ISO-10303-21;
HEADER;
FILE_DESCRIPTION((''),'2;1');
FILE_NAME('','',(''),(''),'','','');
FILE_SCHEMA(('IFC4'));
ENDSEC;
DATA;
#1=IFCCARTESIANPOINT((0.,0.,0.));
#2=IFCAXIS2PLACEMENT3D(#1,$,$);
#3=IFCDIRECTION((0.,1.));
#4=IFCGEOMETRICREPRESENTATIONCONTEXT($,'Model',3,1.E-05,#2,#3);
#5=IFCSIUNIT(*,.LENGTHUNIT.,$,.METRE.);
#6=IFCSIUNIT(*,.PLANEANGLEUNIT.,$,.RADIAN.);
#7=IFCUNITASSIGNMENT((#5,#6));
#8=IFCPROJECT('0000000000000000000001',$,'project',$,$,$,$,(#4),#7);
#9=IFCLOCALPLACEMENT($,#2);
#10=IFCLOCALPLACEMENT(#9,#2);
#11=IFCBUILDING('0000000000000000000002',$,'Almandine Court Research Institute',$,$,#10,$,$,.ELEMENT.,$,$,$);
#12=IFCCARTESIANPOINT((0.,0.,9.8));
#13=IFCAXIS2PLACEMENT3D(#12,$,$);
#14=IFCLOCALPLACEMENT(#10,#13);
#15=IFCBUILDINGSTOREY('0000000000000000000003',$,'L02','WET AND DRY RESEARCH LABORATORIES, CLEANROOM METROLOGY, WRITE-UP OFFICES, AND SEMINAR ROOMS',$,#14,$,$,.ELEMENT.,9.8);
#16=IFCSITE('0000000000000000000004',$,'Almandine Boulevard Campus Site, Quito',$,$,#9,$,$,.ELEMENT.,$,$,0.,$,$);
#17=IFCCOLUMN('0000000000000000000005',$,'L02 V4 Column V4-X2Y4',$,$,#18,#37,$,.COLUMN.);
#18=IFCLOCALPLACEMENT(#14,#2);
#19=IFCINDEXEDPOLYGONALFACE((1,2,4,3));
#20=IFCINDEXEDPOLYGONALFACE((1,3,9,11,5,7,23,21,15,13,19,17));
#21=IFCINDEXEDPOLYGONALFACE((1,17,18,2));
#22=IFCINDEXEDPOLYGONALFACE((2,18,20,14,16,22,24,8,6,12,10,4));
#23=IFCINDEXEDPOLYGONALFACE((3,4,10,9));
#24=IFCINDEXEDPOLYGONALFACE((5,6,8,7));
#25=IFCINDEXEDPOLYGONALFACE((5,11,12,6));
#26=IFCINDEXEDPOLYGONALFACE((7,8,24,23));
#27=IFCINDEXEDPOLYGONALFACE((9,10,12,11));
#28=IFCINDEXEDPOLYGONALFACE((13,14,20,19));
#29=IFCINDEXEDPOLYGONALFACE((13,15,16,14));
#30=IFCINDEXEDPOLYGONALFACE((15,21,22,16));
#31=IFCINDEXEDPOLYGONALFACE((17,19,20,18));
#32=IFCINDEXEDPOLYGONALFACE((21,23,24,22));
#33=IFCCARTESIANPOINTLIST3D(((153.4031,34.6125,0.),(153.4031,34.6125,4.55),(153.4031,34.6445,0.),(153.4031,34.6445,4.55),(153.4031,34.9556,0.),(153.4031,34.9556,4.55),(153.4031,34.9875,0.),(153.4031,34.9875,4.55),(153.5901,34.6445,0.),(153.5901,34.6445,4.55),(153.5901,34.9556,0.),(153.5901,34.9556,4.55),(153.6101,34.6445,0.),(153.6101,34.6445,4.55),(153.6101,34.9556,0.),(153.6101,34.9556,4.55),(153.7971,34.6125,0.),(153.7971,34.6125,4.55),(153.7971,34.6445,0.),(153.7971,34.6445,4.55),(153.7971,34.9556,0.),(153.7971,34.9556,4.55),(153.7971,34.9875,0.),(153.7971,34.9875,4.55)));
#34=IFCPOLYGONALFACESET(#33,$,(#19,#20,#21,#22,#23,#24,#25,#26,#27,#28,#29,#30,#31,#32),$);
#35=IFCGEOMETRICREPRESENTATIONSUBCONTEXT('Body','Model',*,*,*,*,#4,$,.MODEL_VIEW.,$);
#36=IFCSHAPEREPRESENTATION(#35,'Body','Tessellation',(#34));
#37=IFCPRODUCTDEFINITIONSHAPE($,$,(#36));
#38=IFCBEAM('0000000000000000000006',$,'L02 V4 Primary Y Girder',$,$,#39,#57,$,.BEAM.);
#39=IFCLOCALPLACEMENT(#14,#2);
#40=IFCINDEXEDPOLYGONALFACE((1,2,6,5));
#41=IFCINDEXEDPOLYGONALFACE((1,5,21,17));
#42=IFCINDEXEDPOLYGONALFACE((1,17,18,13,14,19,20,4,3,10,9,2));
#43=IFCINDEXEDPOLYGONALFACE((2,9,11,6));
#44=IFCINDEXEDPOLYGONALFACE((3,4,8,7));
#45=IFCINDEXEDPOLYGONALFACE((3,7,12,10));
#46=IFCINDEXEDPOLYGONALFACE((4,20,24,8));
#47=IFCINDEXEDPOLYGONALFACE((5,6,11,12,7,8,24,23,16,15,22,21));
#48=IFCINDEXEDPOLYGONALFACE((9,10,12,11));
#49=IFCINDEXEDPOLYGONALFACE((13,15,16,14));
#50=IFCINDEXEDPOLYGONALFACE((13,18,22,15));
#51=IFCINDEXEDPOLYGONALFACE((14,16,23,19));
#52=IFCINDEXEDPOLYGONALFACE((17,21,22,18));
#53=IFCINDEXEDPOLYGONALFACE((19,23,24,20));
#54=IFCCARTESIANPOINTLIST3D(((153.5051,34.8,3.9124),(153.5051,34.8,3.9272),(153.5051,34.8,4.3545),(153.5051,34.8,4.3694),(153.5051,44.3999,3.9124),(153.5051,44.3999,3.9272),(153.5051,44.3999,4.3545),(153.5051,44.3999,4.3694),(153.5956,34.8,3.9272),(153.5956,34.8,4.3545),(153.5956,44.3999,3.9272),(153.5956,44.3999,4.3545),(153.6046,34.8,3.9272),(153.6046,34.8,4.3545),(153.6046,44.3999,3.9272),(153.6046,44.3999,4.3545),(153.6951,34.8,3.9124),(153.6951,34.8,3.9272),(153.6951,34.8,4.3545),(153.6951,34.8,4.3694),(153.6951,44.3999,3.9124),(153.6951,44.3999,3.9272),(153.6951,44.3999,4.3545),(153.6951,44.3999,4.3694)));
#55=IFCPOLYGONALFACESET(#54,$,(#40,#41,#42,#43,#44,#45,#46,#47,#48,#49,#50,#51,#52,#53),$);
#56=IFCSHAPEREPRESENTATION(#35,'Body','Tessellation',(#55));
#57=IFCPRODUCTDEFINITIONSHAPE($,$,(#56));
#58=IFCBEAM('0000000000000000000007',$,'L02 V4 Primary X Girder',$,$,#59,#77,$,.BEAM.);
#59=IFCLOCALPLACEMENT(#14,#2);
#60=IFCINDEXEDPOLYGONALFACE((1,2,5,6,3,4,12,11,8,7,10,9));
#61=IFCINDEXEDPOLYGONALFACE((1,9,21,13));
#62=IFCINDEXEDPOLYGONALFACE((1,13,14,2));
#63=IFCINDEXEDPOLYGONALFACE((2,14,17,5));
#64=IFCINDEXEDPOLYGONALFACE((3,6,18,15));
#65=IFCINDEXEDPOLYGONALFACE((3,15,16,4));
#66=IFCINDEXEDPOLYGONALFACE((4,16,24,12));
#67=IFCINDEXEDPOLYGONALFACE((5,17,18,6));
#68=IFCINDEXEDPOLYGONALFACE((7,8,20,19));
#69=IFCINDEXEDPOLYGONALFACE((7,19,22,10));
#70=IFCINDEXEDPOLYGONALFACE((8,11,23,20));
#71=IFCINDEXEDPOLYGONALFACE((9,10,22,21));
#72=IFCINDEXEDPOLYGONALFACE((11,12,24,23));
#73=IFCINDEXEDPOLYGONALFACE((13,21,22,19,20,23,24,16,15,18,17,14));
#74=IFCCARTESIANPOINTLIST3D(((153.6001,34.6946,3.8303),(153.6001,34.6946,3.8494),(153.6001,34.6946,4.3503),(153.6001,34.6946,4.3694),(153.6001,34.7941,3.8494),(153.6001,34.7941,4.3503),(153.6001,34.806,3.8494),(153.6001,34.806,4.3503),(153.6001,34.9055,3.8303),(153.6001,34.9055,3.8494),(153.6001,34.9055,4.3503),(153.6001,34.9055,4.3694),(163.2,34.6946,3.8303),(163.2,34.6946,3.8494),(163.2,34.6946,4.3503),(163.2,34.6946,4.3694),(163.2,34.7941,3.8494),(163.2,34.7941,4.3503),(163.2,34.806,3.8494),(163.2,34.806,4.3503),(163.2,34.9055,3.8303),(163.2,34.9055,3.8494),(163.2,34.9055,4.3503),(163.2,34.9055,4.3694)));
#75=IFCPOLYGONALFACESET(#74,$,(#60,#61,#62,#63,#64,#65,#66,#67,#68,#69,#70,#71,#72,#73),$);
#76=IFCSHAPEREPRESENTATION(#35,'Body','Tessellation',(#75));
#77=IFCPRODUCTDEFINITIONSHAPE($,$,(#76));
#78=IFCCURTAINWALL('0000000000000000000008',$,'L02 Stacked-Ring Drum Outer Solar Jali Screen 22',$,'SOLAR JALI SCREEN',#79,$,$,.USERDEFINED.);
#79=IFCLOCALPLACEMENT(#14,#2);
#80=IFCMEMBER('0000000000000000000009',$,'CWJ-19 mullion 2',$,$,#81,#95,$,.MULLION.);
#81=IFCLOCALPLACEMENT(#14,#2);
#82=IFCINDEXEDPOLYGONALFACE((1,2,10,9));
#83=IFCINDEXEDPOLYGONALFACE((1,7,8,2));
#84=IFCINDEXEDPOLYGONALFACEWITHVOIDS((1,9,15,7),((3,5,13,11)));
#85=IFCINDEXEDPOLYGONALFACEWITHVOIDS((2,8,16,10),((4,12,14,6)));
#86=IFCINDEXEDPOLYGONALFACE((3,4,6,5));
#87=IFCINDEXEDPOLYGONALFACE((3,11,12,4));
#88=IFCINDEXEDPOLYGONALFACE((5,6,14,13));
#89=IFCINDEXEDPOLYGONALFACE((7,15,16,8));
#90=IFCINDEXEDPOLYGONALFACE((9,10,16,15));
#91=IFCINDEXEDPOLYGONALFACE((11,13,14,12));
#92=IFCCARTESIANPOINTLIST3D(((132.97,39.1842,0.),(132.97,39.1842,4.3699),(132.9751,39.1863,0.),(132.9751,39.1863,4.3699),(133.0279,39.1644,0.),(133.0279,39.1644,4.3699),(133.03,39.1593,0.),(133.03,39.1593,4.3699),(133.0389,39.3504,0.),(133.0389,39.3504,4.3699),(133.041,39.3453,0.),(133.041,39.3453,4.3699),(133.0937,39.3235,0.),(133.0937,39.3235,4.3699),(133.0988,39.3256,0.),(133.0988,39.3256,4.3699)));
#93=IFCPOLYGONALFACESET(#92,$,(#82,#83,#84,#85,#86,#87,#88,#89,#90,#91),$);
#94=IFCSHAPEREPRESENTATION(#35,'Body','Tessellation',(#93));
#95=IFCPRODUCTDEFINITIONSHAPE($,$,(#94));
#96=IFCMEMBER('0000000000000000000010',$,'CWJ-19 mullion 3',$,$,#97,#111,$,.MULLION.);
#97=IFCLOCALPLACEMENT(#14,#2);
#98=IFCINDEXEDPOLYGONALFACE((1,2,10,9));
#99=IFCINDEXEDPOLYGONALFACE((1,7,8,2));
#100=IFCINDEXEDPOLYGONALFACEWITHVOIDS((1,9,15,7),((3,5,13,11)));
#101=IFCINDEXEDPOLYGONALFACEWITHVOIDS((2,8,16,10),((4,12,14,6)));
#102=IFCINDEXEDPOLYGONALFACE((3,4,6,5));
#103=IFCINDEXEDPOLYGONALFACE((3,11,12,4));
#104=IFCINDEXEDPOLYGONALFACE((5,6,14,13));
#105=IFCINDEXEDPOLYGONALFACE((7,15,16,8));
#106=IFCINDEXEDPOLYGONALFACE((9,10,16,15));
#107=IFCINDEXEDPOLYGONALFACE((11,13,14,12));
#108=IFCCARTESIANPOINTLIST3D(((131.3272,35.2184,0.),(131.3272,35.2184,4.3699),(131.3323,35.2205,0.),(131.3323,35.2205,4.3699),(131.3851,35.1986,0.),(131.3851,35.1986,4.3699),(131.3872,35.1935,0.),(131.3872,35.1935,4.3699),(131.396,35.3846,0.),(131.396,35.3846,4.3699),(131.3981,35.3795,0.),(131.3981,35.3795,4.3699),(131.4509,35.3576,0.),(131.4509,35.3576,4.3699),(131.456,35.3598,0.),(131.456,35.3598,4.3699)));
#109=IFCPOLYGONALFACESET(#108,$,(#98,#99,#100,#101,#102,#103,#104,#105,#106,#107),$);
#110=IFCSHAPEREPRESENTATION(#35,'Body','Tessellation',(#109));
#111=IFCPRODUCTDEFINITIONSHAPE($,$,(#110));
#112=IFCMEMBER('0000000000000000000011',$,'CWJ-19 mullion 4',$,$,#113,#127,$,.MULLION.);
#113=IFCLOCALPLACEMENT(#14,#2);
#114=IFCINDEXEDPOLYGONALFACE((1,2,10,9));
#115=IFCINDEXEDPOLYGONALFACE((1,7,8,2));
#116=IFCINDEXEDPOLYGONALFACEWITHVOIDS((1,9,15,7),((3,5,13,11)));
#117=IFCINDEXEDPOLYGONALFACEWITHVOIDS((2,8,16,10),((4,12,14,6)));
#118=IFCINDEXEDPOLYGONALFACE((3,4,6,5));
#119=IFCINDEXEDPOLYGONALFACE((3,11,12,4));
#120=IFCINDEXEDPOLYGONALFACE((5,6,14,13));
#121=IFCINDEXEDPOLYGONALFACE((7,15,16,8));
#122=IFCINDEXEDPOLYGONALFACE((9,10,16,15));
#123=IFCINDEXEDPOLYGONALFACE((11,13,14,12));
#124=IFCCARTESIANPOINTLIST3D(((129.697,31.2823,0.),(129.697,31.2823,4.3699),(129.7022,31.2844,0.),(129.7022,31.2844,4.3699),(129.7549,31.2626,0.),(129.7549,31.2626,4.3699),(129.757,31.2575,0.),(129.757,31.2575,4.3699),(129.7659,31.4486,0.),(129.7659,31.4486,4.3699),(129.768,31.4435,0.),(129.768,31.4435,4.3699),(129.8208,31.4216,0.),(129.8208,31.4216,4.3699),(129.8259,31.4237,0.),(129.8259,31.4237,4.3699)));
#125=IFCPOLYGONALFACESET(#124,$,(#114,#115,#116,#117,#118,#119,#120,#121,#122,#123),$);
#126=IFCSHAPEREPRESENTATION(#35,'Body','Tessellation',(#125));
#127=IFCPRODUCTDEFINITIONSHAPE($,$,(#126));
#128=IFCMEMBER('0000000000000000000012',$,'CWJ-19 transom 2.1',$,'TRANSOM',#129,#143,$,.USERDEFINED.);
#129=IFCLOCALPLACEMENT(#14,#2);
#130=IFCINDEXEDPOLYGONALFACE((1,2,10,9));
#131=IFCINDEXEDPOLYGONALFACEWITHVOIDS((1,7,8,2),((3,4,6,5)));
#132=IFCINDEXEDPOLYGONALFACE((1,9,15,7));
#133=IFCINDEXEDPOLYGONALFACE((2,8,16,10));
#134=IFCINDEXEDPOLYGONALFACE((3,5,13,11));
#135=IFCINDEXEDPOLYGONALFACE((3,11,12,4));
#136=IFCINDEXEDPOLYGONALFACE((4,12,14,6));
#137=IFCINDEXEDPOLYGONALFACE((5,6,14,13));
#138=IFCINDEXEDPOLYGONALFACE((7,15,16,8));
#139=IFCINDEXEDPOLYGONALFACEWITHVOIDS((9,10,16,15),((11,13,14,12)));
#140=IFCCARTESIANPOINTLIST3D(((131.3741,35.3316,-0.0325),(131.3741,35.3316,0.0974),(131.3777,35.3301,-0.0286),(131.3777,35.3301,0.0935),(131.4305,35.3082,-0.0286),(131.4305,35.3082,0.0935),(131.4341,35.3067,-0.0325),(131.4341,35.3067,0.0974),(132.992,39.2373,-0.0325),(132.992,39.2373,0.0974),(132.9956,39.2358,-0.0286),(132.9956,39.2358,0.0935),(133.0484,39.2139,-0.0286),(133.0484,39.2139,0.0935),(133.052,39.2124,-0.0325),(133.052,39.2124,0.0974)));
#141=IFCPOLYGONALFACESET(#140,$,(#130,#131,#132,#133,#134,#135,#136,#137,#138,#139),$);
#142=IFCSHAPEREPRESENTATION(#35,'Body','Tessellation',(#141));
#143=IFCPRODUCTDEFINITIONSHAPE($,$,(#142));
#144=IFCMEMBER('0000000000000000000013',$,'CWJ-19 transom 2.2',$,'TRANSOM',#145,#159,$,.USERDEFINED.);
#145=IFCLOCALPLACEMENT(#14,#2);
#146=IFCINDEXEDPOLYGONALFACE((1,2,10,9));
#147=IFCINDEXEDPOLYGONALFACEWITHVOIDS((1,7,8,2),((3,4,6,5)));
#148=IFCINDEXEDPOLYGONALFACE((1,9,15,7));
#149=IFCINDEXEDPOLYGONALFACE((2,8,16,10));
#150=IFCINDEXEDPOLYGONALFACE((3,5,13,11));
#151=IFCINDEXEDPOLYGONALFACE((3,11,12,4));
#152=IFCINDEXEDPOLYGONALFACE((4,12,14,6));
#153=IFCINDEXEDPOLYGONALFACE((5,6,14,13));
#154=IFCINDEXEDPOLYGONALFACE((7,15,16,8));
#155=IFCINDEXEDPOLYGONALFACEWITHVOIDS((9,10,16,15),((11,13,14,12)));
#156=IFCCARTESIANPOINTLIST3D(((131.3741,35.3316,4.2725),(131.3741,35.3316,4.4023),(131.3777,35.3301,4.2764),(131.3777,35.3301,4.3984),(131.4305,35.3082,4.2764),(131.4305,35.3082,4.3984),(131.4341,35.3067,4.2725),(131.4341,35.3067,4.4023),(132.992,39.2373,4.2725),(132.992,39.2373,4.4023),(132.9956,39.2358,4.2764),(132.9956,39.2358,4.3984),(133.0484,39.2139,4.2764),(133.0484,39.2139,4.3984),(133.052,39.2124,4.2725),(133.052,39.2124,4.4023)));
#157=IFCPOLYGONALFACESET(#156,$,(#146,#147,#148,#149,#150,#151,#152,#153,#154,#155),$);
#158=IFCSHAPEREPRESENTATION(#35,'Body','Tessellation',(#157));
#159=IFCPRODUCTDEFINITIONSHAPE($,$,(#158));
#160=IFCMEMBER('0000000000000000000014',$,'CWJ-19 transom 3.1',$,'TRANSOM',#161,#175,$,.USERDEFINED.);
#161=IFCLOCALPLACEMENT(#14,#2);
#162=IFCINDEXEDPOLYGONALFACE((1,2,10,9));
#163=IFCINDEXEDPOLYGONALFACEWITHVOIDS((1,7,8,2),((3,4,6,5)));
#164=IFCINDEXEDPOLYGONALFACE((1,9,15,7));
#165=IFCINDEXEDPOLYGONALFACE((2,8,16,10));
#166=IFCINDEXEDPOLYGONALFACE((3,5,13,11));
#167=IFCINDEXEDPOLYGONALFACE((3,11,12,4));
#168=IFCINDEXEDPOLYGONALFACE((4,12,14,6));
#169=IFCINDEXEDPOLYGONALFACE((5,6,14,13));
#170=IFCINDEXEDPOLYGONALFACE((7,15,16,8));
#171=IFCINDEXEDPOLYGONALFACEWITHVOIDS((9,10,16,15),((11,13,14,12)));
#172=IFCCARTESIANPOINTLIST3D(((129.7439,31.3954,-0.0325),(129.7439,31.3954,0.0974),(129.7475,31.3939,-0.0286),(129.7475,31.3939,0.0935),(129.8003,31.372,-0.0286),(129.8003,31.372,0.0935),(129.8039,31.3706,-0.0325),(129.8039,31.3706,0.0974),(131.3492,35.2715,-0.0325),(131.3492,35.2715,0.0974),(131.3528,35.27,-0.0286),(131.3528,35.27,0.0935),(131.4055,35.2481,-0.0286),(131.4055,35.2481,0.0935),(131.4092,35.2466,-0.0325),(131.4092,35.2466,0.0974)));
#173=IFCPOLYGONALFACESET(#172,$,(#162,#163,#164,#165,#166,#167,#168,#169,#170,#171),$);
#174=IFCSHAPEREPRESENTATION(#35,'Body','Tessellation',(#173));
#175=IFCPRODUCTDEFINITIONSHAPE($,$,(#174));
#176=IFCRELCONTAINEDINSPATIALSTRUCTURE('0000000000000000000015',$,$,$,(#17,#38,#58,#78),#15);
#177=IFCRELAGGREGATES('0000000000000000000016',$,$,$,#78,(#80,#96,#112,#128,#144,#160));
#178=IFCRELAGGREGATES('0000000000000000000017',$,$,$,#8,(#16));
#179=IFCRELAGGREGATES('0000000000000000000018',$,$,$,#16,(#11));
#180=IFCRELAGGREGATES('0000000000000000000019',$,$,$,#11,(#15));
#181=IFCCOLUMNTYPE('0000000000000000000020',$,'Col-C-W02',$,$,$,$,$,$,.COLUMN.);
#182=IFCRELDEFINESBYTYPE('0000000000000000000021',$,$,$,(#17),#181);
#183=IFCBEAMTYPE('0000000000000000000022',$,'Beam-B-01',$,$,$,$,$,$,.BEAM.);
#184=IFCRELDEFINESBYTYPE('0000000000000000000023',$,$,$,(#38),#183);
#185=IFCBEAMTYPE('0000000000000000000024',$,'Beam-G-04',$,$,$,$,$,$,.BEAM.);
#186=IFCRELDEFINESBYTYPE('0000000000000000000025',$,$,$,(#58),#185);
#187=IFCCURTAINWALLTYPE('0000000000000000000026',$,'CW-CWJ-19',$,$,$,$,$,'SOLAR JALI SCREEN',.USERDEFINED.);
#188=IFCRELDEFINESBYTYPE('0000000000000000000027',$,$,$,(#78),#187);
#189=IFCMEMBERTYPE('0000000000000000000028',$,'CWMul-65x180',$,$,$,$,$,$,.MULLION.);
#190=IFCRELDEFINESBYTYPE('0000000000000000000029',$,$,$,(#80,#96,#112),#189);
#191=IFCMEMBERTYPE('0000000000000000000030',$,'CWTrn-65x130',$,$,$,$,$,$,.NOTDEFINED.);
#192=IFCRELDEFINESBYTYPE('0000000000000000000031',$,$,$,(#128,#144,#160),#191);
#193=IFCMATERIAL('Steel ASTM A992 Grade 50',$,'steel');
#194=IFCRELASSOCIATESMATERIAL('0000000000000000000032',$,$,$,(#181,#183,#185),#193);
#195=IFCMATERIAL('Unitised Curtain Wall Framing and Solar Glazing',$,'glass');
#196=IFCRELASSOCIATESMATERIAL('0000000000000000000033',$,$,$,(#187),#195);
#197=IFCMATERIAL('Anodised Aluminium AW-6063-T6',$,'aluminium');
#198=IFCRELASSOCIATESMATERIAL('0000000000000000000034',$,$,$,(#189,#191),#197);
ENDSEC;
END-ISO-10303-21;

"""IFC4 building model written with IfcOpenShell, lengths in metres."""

from ifc_helpers import new_model, si_unit, direction, frame, origin, origin_2d, place, context, subcontext, project, spatial, hollow_rectangle, i_section, extrude, material, material_profile, profile_set, type_object, element, aggregate, save


model = new_model("IFC4")

# Units and contexts
model_context = context("Model", 3, precision=1e-05, world=origin(), true_north=direction((0.0, 1.0)))
body_context = subcontext(model_context, "Body", "Model", "MODEL_VIEW")
ifc_project = project(units=[si_unit("LENGTHUNIT", "METRE"), si_unit("PLANEANGLEUNIT", "RADIAN")], contexts=[model_context])

# Site, building, storey
site_placement = place(None, origin())
site = spatial("IfcSite", under=ifc_project, at=site_placement, Name="Almandine Boulevard Campus Site, Quito", CompositionType="ELEMENT", RefElevation=0.0)
building_placement = place(site_placement, origin())
building = spatial("IfcBuilding", under=site, at=building_placement, Name="Almandine Court Research Institute", CompositionType="ELEMENT")
storey_placement = place(building_placement, frame((0.0, 0.0, 9.8)))
storey = spatial("IfcBuildingStorey", under=building, at=storey_placement, Name="L02", Description="WET AND DRY RESEARCH LABORATORIES, CLEANROOM METROLOGY, WRITE-UP OFFICES, AND SEMINAR ROOMS", CompositionType="ELEMENT", Elevation=9.8)

# Column
ifc_material_1 = material(Name="Steel ASTM A992 Grade 50", Category="steel")
ifc_material_profile_1 = material_profile(ifc_material_1, i_section(OverallWidth=0.394, OverallDepth=0.375, WebThickness=0.02, FlangeThickness=0.032, at=origin_2d()), Name="W360x216")
ifc_profile_set_1 = profile_set([ifc_material_profile_1], Name="Steel ASTM A992 Grade 50")
column_type = type_object("IfcColumnType", Name="Col-C-W02", PredefinedType="COLUMN", material=ifc_profile_set_1)
column_placement = place(storey_placement, frame((153.6001, 34.8, 0.0), z_axis=(0.0, 0.0, 1.0), x_axis=(1.0, 0.0, 0.0)))
element("IfcColumn", 1, at=column_placement, inside=storey, type_object=column_type, Name="L02 V4 Column V4-X2Y4", PredefinedType="COLUMN", context=body_context, shape_type="SweptSolid", body=[
    extrude(i_section(OverallWidth=0.394, OverallDepth=0.375, WebThickness=0.02, FlangeThickness=0.032, at=origin_2d()), origin(), (0.0, 0.0, 1.0), 4.55),
])

# Beams
ifc_material_profile_2 = material_profile(ifc_material_1, i_section(OverallWidth=0.1899, OverallDepth=0.457, WebThickness=0.009, FlangeThickness=0.0149, at=origin_2d()), Name="W460x74")
ifc_profile_set_2 = profile_set([ifc_material_profile_2], Name="Steel ASTM A992 Grade 50")
beam_type_1 = type_object("IfcBeamType", Name="Beam-B-01", PredefinedType="BEAM", material=ifc_profile_set_2)
beam_1_placement = place(storey_placement, frame((153.6001, 34.8, 4.1409), z_axis=(0.0, 1.0, 0.0), x_axis=(-1.0, 0.0, 0.0)))
element("IfcBeam", 2, at=beam_1_placement, inside=storey, type_object=beam_type_1, Name="L02 V4 Primary Y Girder", PredefinedType="BEAM", context=body_context, shape_type="SweptSolid", body=[
    extrude(i_section(OverallWidth=0.1899, OverallDepth=0.457, WebThickness=0.009, FlangeThickness=0.0149, at=origin_2d()), origin(), (0.0, 0.0, 1.0), 9.5999),
])
ifc_material_profile_3 = material_profile(ifc_material_1, i_section(OverallWidth=0.2109, OverallDepth=0.5391, WebThickness=0.012, FlangeThickness=0.019, at=origin_2d()), Name="W530x109")
ifc_profile_set_3 = profile_set([ifc_material_profile_3], Name="Steel ASTM A992 Grade 50")
beam_type_2 = type_object("IfcBeamType", Name="Beam-G-04", PredefinedType="BEAM", material=ifc_profile_set_3)
beam_2_placement = place(storey_placement, frame((153.6001, 34.8, 4.0999), z_axis=(1.0, 0.0, 0.0), x_axis=(0.0, 1.0, 0.0)))
element("IfcBeam", 3, at=beam_2_placement, inside=storey, type_object=beam_type_2, Name="L02 V4 Primary X Girder", PredefinedType="BEAM", context=body_context, shape_type="SweptSolid", body=[
    extrude(i_section(OverallWidth=0.2109, OverallDepth=0.5391, WebThickness=0.012, FlangeThickness=0.019, at=origin_2d()), origin(), (0.0, 0.0, 1.0), 9.5999),
])

# Curtain wall, members
ifc_material_2 = material(Name="Unitised Curtain Wall Framing and Solar Glazing", Category="glass")
curtain_wall_type = type_object("IfcCurtainWallType", Name="CW-CWJ-19", ElementType="SOLAR JALI SCREEN", PredefinedType="USERDEFINED", material=ifc_material_2)
curtain_wall_placement = place(storey_placement, origin())
curtain_wall = element("IfcCurtainWall", 4, at=curtain_wall_placement, inside=storey, type_object=curtain_wall_type, Name="L02 Stacked-Ring Drum Outer Solar Jali Screen 22", ObjectType="SOLAR JALI SCREEN", PredefinedType="USERDEFINED")
ifc_material_3 = material(Name="Anodised Aluminium AW-6063-T6", Category="aluminium")
ifc_material_profile_4 = material_profile(ifc_material_3, hollow_rectangle(XDim=0.0649, YDim=0.1799, WallThickness=0.0039, at=origin_2d()), Name="ALU RHS 65x180x4")
ifc_profile_set_4 = profile_set([ifc_material_profile_4], Name="Anodised Aluminium AW-6063-T6")
member_type_1 = type_object("IfcMemberType", Name="CWMul-65x180", PredefinedType="MULLION", material=ifc_profile_set_4)
member_1_placement = place(storey_placement, frame((133.0344, 39.2549, 0.0), z_axis=(0.0, 0.0, 1.0), x_axis=(0.923888, -0.382663, 0.0)))
member_1 = element("IfcMember", 5, at=member_1_placement, type_object=member_type_1, Name="CWJ-19 mullion 2", PredefinedType="MULLION", context=body_context, shape_type="SweptSolid", body=[
    extrude(hollow_rectangle(XDim=0.0649, YDim=0.1799, WallThickness=0.0039, at=origin_2d()), origin(), (0.0, 0.0, 1.0), 4.3699),
])
member_2_placement = place(storey_placement, frame((131.3916, 35.2891, 0.0), z_axis=(0.0, 0.0, 1.0), x_axis=(0.923888, -0.382663, 0.0)))
member_2 = element("IfcMember", 6, at=member_2_placement, type_object=member_type_1, Name="CWJ-19 mullion 3", PredefinedType="MULLION", context=body_context, shape_type="SweptSolid", body=[
    extrude(hollow_rectangle(XDim=0.0649, YDim=0.1799, WallThickness=0.0039, at=origin_2d()), origin(), (0.0, 0.0, 1.0), 4.3699),
])
member_3_placement = place(storey_placement, frame((129.7615, 31.353, 0.0), z_axis=(0.0, 0.0, 1.0), x_axis=(0.923888, -0.382663, 0.0)))
member_3 = element("IfcMember", 7, at=member_3_placement, type_object=member_type_1, Name="CWJ-19 mullion 4", PredefinedType="MULLION", context=body_context, shape_type="SweptSolid", body=[
    extrude(hollow_rectangle(XDim=0.0649, YDim=0.1799, WallThickness=0.0039, at=origin_2d()), origin(), (0.0, 0.0, 1.0), 4.3699),
])
ifc_material_profile_5 = material_profile(ifc_material_3, hollow_rectangle(XDim=0.0649, YDim=0.1299, WallThickness=0.0039, at=origin_2d()), Name="ALU RHS 65x130x4")
ifc_profile_set_5 = profile_set([ifc_material_profile_5], Name="Anodised Aluminium AW-6063-T6")
member_type_2 = type_object("IfcMemberType", Name="CWTrn-65x130", PredefinedType="NOTDEFINED", material=ifc_profile_set_5)
member_4_placement = place(storey_placement, frame((133.022, 39.2249, 0.0325), z_axis=(-0.382704, -0.923871, 0.0), x_axis=(0.923871, -0.382704, 0.0)))
member_4 = element("IfcMember", 8, at=member_4_placement, type_object=member_type_2, Name="CWJ-19 transom 2.1", ObjectType="TRANSOM", PredefinedType="USERDEFINED", context=body_context, shape_type="SweptSolid", body=[
    extrude(hollow_rectangle(XDim=0.0649, YDim=0.1299, WallThickness=0.0039, at=origin_2d()), origin(), (0.0, 0.0, 1.0), 4.2275),
])
member_5_placement = place(storey_placement, frame((133.022, 39.2249, 4.3374), z_axis=(-0.382704, -0.923871, 0.0), x_axis=(0.923871, -0.382704, 0.0)))
member_5 = element("IfcMember", 9, at=member_5_placement, type_object=member_type_2, Name="CWJ-19 transom 2.2", ObjectType="TRANSOM", PredefinedType="USERDEFINED", context=body_context, shape_type="SweptSolid", body=[
    extrude(hollow_rectangle(XDim=0.0649, YDim=0.1299, WallThickness=0.0039, at=origin_2d()), origin(), (0.0, 0.0, 1.0), 4.2275),
])
member_6_placement = place(storey_placement, frame((131.3792, 35.259, 0.0325), z_axis=(-0.382631, -0.923901, 0.0), x_axis=(0.923901, -0.382631, 0.0)))
member_6 = element("IfcMember", 10, at=member_6_placement, type_object=member_type_2, Name="CWJ-19 transom 3.1", ObjectType="TRANSOM", PredefinedType="USERDEFINED", context=body_context, shape_type="SweptSolid", body=[
    extrude(hollow_rectangle(XDim=0.0649, YDim=0.1299, WallThickness=0.0039, at=origin_2d()), origin(), (0.0, 0.0, 1.0), 4.1953),
])
aggregate(curtain_wall, [member_1, member_2, member_3, member_4, member_5, member_6])

save(model, "model.ifc")
